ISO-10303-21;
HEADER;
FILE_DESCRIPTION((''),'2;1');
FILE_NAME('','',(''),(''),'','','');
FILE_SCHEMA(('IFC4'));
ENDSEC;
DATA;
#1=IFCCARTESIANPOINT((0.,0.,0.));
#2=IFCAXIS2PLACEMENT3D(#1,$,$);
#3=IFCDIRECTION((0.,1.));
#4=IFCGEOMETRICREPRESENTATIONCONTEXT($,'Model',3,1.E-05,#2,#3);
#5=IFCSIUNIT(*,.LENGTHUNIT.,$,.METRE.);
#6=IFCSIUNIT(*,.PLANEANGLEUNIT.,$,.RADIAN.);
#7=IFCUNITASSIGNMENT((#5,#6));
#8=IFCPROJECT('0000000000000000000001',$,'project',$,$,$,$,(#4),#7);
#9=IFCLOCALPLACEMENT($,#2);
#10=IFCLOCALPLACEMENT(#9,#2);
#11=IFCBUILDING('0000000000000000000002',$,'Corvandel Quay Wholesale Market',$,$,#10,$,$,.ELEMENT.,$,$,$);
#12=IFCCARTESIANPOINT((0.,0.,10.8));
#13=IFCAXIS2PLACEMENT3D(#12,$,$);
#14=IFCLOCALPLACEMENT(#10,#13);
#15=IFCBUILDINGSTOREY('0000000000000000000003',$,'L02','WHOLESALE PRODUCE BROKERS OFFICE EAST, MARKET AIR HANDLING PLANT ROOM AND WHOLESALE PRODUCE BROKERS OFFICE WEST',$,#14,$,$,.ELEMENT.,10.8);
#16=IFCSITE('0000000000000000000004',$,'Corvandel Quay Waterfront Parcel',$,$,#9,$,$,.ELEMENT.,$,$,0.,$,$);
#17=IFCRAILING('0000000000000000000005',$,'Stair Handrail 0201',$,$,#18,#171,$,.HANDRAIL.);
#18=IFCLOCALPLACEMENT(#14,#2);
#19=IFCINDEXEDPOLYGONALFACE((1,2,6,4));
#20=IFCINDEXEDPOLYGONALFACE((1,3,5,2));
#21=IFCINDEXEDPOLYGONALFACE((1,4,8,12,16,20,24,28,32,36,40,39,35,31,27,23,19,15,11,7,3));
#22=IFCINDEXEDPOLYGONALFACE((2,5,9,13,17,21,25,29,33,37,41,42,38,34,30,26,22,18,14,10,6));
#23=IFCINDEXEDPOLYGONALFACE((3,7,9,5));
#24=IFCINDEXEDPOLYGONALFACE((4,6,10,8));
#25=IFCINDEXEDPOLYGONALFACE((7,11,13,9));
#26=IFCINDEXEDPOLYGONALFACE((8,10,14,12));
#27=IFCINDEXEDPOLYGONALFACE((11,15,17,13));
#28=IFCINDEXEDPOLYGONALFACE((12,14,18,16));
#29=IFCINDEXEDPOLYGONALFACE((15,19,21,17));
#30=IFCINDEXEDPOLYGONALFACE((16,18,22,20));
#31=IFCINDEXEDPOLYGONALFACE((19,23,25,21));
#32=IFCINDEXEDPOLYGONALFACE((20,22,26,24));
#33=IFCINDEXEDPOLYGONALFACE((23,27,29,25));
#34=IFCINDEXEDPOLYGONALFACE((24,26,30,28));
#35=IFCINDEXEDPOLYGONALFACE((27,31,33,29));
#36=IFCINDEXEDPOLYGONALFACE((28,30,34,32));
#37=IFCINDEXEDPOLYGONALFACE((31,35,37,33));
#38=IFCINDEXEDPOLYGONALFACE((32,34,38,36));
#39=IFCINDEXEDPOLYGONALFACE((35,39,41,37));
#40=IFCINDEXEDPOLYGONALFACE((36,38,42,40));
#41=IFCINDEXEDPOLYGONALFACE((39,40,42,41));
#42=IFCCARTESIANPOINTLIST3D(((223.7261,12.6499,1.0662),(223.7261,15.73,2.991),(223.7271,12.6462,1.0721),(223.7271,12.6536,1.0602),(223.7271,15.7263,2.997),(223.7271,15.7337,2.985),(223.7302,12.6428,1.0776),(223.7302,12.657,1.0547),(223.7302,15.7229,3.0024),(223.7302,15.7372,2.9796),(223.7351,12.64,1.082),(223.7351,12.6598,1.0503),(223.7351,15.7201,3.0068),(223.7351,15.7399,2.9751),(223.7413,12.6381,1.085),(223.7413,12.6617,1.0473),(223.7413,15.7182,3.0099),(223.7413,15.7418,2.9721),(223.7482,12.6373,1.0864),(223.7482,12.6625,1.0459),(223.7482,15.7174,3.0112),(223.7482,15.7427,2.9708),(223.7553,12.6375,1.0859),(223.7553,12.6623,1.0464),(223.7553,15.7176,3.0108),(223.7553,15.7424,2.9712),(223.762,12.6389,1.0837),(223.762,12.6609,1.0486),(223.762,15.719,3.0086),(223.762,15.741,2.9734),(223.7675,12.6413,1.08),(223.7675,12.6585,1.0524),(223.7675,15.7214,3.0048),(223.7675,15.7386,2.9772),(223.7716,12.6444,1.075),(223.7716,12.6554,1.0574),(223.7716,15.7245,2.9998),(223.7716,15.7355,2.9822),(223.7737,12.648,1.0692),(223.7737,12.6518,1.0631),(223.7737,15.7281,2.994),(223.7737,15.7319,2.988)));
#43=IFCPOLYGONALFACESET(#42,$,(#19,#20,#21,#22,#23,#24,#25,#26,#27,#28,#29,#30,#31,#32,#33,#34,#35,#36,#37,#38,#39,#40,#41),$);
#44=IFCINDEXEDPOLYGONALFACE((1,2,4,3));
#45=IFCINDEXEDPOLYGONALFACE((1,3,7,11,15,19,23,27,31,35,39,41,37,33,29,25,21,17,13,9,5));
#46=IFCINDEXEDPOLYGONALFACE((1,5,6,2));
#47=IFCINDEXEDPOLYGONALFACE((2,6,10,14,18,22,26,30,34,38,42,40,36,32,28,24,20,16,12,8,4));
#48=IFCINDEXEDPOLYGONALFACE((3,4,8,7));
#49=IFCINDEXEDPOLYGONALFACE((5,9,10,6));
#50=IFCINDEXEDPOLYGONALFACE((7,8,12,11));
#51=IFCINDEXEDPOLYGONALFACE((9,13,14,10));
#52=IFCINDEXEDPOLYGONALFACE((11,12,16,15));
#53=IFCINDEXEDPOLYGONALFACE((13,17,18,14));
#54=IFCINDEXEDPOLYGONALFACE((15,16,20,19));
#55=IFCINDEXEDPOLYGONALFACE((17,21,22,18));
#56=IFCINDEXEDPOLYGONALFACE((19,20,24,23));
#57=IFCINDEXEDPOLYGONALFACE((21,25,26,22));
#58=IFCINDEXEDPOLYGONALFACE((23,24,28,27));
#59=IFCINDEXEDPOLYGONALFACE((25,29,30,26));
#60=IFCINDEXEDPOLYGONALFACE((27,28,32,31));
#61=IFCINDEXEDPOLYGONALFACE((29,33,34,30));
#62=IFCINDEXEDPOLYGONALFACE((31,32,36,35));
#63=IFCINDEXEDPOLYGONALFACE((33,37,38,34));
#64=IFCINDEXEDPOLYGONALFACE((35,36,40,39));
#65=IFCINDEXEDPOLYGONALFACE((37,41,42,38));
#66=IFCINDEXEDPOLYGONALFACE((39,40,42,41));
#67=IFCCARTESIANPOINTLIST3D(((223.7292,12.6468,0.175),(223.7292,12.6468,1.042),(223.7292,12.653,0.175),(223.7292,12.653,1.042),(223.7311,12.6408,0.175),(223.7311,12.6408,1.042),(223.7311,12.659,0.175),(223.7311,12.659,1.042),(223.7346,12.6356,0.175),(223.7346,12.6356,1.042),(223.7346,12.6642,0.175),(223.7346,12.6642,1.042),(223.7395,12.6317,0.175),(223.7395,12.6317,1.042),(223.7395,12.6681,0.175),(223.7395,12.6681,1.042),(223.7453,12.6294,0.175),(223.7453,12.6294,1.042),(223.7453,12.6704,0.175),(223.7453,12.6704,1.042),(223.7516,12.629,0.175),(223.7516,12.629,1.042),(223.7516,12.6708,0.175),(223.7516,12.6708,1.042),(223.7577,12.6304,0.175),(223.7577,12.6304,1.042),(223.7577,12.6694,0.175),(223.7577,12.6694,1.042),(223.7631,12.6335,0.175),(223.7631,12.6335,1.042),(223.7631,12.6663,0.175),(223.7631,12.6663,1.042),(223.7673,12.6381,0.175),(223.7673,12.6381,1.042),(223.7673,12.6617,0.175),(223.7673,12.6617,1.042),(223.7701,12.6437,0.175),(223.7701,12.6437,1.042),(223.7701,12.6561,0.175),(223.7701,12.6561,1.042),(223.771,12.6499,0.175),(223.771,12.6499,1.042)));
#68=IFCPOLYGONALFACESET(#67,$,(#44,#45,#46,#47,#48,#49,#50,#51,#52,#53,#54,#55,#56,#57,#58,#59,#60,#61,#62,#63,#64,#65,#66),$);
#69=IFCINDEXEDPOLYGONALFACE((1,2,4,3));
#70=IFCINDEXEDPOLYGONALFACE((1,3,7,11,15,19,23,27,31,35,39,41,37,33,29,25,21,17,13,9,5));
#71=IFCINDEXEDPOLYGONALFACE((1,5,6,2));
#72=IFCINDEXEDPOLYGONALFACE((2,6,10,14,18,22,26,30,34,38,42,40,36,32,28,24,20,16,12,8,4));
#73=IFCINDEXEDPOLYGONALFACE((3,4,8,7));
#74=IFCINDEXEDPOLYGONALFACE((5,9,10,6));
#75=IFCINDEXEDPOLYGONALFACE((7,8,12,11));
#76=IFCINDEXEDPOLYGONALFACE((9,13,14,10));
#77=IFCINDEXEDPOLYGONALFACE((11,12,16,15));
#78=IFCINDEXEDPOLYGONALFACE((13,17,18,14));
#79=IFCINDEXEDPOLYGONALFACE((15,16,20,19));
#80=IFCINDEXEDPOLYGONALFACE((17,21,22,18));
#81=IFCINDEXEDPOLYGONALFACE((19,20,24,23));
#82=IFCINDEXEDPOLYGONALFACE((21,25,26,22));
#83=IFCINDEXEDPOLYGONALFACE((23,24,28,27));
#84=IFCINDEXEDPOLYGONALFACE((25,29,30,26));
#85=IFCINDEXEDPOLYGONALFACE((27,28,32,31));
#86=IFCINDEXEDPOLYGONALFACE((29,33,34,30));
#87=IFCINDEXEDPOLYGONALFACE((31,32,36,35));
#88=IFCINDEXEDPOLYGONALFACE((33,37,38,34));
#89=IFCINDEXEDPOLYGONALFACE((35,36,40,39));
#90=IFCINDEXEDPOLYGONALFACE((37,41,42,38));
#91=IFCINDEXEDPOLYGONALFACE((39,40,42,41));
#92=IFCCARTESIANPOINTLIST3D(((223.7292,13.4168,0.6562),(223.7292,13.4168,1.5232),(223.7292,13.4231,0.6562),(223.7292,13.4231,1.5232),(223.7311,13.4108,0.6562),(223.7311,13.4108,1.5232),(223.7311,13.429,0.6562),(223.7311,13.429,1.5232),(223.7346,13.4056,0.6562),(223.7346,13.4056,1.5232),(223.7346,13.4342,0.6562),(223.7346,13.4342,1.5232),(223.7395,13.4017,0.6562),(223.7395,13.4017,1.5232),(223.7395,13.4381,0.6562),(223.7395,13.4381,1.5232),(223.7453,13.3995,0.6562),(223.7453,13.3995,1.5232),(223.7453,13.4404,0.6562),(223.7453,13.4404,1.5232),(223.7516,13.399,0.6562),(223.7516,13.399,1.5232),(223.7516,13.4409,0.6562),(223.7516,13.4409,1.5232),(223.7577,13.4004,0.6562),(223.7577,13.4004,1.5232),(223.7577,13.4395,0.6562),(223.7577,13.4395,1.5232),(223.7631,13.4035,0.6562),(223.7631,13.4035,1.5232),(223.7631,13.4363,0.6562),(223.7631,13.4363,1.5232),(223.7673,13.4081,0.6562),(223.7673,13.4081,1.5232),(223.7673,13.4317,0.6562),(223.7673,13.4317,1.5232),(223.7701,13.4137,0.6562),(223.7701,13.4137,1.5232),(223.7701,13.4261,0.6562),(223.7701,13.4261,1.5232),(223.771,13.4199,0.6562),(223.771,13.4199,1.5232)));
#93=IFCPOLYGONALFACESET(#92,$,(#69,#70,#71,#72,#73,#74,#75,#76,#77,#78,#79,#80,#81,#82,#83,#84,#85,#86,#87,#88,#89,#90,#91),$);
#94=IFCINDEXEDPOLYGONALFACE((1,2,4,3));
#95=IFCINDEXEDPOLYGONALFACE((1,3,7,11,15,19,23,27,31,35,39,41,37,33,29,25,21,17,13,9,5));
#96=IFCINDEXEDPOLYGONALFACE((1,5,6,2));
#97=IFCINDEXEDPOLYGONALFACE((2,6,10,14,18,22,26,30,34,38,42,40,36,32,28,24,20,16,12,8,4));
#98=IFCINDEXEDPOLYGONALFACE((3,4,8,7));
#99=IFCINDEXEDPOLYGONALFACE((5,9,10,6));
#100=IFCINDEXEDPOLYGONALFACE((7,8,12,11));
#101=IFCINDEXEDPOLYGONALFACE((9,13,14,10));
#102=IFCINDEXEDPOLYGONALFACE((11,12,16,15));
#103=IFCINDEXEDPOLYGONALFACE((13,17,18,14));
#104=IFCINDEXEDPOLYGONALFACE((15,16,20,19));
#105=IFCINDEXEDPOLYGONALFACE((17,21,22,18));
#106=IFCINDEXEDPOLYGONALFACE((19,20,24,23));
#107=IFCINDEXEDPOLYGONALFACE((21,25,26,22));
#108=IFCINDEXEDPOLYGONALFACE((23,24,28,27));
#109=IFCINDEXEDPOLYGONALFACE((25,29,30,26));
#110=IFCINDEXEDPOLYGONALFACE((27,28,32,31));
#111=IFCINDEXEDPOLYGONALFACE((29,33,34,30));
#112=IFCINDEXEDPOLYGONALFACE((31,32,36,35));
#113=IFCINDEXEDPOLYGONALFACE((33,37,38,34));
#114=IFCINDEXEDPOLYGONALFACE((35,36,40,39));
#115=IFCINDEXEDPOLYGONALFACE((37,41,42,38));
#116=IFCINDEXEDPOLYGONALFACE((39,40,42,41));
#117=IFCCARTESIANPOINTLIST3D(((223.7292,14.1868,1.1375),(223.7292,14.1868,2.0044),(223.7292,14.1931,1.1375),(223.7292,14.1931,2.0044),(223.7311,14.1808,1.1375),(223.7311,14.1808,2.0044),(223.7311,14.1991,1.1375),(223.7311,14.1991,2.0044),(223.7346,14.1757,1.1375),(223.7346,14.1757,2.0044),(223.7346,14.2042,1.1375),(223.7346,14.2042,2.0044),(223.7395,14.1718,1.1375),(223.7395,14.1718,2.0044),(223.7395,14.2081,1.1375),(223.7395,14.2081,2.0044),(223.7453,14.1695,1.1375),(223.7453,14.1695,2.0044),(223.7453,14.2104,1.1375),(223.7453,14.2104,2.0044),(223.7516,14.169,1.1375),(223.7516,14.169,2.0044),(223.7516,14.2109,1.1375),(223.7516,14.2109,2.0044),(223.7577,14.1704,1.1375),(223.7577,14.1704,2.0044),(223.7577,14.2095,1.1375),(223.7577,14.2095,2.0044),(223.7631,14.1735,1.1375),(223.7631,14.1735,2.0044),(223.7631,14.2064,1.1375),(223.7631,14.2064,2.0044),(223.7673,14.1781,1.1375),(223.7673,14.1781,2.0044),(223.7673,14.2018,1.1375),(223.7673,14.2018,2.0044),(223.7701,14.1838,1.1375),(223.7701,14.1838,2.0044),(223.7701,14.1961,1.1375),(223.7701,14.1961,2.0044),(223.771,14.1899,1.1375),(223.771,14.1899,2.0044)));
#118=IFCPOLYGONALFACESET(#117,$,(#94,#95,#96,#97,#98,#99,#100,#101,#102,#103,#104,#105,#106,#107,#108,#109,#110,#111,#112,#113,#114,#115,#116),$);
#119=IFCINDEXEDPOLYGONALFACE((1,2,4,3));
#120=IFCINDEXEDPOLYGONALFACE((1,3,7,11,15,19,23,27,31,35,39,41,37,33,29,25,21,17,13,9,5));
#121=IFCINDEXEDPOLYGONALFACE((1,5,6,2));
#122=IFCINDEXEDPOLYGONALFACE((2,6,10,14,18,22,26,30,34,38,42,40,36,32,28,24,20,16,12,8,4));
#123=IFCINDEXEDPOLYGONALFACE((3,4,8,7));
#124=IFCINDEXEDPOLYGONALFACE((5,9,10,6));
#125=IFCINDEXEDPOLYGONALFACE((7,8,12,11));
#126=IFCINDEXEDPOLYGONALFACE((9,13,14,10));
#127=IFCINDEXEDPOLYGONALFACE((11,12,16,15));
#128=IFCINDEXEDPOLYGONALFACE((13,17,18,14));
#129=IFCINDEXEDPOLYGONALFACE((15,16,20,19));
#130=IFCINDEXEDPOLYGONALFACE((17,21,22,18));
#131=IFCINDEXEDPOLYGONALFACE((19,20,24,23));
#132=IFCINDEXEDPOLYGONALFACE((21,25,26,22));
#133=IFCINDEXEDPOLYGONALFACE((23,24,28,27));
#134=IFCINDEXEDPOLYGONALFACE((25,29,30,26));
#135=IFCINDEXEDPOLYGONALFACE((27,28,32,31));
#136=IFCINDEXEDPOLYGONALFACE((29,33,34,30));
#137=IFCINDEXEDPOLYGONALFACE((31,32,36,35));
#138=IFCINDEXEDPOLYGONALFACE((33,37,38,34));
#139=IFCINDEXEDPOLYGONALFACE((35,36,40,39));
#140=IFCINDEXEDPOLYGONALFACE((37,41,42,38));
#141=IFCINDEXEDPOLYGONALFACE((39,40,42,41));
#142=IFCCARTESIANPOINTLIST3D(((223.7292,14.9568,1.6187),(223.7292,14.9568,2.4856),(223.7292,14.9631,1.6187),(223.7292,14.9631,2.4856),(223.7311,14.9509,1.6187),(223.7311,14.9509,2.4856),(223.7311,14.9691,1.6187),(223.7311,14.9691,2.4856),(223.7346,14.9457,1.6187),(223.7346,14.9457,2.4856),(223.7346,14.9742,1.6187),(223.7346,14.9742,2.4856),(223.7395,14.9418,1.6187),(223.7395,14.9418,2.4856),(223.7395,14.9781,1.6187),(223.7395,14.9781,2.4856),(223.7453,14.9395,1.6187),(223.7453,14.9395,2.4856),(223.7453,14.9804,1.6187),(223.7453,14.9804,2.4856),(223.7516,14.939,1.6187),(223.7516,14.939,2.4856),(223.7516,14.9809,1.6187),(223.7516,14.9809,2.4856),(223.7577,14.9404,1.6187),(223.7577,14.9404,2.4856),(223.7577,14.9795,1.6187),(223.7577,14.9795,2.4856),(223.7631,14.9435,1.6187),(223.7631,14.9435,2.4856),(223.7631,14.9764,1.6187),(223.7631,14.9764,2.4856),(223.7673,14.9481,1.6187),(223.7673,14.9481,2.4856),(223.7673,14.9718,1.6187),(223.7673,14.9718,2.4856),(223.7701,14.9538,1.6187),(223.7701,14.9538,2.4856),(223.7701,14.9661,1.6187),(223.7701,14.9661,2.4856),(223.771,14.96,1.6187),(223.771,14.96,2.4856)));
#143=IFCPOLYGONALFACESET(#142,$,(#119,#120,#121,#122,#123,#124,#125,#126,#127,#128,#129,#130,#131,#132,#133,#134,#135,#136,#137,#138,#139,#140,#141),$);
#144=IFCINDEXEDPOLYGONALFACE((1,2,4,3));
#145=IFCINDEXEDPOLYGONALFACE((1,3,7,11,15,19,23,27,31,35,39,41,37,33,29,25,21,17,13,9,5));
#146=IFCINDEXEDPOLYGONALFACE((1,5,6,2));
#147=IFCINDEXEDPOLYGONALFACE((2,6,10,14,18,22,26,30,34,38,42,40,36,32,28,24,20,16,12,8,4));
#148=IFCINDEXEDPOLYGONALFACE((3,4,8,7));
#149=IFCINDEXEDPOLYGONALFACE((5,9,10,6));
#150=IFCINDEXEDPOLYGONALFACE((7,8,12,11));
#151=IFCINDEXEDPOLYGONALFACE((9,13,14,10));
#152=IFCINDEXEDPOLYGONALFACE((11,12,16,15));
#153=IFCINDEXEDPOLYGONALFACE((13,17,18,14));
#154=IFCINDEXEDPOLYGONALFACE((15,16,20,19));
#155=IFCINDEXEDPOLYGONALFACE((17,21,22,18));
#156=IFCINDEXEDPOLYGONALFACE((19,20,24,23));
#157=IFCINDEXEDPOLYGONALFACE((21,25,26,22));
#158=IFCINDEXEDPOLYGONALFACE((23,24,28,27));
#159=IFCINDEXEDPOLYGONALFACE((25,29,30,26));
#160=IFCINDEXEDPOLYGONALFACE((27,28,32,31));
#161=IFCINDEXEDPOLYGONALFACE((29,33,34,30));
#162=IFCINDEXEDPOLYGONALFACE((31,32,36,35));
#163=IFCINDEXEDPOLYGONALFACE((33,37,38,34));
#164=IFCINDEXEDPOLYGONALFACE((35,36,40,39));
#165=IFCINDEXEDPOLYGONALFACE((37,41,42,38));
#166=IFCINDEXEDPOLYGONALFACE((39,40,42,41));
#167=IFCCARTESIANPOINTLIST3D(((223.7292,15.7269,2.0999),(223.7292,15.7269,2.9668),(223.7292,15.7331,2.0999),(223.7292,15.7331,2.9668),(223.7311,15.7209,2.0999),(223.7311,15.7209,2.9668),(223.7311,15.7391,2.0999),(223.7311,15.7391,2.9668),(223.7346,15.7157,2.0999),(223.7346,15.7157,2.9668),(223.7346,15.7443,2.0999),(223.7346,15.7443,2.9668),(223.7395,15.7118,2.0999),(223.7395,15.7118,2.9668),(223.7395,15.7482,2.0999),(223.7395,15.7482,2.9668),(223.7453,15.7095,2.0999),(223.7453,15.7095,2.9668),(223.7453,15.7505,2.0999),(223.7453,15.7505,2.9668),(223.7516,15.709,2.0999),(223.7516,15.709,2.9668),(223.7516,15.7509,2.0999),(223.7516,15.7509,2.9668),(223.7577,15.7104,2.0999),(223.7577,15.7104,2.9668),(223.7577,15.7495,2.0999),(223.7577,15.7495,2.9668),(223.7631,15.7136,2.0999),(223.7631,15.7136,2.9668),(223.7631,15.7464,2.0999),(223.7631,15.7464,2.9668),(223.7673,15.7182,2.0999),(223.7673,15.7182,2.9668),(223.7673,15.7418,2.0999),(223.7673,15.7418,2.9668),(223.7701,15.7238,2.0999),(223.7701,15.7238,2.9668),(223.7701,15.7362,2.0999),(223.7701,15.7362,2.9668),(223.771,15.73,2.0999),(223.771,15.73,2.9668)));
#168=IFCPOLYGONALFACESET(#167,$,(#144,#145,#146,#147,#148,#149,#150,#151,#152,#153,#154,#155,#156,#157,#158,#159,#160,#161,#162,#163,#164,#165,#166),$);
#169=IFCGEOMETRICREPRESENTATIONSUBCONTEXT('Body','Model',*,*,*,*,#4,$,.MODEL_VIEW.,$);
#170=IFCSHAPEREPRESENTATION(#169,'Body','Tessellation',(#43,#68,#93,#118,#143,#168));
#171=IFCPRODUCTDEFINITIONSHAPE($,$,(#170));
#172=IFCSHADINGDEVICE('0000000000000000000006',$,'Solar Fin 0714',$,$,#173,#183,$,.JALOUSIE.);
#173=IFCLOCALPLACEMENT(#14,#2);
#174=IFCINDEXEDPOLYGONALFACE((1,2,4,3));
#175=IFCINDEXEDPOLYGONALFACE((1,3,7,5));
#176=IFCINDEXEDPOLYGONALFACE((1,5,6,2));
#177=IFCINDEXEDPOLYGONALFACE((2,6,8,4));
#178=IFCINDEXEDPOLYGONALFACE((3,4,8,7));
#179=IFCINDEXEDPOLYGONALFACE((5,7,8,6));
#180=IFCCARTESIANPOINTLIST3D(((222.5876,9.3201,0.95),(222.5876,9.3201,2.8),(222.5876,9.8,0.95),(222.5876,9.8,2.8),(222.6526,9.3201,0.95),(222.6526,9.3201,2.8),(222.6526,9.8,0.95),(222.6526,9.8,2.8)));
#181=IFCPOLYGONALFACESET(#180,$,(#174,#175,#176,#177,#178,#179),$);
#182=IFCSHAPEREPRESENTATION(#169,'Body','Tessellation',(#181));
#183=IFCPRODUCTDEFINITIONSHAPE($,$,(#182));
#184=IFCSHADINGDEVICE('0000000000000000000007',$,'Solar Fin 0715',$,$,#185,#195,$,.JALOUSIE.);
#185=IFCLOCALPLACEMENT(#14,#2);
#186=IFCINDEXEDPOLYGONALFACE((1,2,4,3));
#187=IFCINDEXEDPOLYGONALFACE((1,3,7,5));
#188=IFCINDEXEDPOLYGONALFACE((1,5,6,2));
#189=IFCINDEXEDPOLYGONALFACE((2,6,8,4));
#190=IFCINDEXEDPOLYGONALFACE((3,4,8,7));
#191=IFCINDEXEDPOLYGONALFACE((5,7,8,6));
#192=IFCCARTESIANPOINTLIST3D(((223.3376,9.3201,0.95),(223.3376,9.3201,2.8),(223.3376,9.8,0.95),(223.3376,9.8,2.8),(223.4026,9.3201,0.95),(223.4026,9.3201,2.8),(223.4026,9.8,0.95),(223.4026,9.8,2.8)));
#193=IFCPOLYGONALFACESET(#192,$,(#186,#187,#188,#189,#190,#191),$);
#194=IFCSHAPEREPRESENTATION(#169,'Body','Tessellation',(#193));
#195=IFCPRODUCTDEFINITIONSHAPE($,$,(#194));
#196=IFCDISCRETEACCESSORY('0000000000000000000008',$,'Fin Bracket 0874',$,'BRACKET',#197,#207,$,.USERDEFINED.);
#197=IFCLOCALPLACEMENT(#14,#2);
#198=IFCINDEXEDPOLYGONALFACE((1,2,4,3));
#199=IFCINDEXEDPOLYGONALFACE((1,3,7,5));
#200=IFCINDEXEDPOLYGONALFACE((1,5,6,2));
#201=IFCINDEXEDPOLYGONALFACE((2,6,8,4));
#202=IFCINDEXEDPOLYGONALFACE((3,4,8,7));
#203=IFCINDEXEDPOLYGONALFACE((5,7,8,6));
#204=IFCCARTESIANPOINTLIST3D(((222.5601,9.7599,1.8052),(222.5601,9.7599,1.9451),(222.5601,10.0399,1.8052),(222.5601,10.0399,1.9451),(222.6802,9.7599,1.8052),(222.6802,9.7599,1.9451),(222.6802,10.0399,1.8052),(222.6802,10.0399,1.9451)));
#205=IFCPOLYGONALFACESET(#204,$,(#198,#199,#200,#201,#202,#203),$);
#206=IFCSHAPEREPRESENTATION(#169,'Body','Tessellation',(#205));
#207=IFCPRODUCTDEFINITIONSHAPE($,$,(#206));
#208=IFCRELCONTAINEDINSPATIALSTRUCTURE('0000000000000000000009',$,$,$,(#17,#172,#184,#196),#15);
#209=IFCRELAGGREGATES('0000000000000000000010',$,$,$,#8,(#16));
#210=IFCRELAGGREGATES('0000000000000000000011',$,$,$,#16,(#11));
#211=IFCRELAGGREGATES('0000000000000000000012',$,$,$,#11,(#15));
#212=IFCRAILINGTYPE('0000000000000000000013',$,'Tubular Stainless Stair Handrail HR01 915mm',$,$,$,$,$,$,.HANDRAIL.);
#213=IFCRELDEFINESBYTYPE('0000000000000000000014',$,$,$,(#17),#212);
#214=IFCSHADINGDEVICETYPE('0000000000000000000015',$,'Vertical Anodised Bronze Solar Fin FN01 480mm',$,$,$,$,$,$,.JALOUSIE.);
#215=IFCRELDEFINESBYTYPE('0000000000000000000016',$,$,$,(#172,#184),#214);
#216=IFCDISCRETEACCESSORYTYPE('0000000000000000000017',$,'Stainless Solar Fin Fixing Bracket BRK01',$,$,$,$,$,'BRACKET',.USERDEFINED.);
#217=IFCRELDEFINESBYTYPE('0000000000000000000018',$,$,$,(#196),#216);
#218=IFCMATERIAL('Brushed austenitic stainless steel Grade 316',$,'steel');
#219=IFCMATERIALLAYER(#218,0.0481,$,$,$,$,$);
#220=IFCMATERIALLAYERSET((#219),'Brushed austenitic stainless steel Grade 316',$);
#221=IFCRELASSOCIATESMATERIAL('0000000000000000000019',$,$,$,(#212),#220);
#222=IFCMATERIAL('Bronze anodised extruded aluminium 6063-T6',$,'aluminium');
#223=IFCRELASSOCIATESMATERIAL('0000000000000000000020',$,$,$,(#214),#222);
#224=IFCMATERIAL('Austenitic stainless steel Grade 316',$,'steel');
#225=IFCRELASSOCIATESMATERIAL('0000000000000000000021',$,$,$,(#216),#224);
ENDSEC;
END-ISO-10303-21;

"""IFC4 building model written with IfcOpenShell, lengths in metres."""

from ifc_helpers import new_model, si_unit, direction, frame, origin, origin_2d, place, context, subcontext, project, spatial, rectangle, circle, extrude, material, layer, layer_set, type_object, element, save


model = new_model("IFC4")

# Units and contexts
model_context = context("Model", 3, precision=1e-05, world=origin(), true_north=direction((0.0, 1.0)))
body_context = subcontext(model_context, "Body", "Model", "MODEL_VIEW")
ifc_project = project(units=[si_unit("LENGTHUNIT", "METRE"), si_unit("PLANEANGLEUNIT", "RADIAN")], contexts=[model_context])

# Site, building, storey
site_placement = place(None, origin())
site = spatial("IfcSite", under=ifc_project, at=site_placement, Name="Corvandel Quay Waterfront Parcel", CompositionType="ELEMENT", RefElevation=0.0)
building_placement = place(site_placement, origin())
building = spatial("IfcBuilding", under=site, at=building_placement, Name="Corvandel Quay Wholesale Market", CompositionType="ELEMENT")
storey_placement = place(building_placement, frame((0.0, 0.0, 10.8)))
storey = spatial("IfcBuildingStorey", under=building, at=storey_placement, Name="L02", Description="WHOLESALE PRODUCE BROKERS OFFICE EAST, MARKET AIR HANDLING PLANT ROOM AND WHOLESALE PRODUCE BROKERS OFFICE WEST", CompositionType="ELEMENT", Elevation=10.8)

# Railing
ifc_material_1 = material(Name="Brushed austenitic stainless steel Grade 316", Category="steel")
ifc_layer_1 = layer(ifc_material_1, 0.0481)
ifc_layer_set_1 = layer_set([ifc_layer_1], Name="Brushed austenitic stainless steel Grade 316")
railing_type_1 = type_object("IfcRailingType", Name="Tubular Stainless Stair Handrail HR01 915mm", PredefinedType="HANDRAIL", material=ifc_layer_set_1)
for number, where, name in (
    (1, (223.75, 12.6499, 0.175), "Stair Handrail 0201"),
):
    element("IfcRailing", number, at=place(storey_placement, frame(where)), inside=storey, type_object=railing_type_1, Name=name, PredefinedType="HANDRAIL", context=body_context, shape_type="SweptSolid", body=[
        extrude(circle(Radius=0.0239, at=origin_2d()), frame((0.0, 0.0, 0.8911), z_axis=(0.0, 0.848029, 0.529951), x_axis=(-1.0, 0.0, 0.0)), (0.0, 0.0, 1.0), 3.6321),
        extrude(circle(Radius=0.021, at=origin_2d()), origin(), (0.0, 0.0, 1.0), 0.8669),
        extrude(circle(Radius=0.021, at=origin_2d()), frame((0.0, 0.77, 0.4812)), (0.0, 0.0, 1.0), 0.8669),
        extrude(circle(Radius=0.021, at=origin_2d()), frame((0.0, 1.54, 0.9624)), (0.0, 0.0, 1.0), 0.8669),
        extrude(circle(Radius=0.021, at=origin_2d()), frame((0.0, 2.3101, 1.4436)), (0.0, 0.0, 1.0), 0.8669),
        extrude(circle(Radius=0.021, at=origin_2d()), frame((0.0, 3.0801, 1.9248)), (0.0, 0.0, 1.0), 0.8669),
    ])

# Shading devices
ifc_material_2 = material(Name="Bronze anodised extruded aluminium 6063-T6", Category="aluminium")
shading_device_type = type_object("IfcShadingDeviceType", Name="Vertical Anodised Bronze Solar Fin FN01 480mm", PredefinedType="JALOUSIE", material=ifc_material_2)
for number, where, z_axis, x_axis, name in (
    (2, (222.6201, 9.5601, 0.95), (0.0, 0.0, 1.0), (0.0, 1.0, 0.0), "Solar Fin 0714"),
    (3, (223.3701, 9.5601, 0.95), (0.0, 0.0, 1.0), (0.0, 1.0, 0.0), "Solar Fin 0715"),
):
    element("IfcShadingDevice", number, at=place(storey_placement, frame(where, z_axis=z_axis, x_axis=x_axis)), inside=storey, type_object=shading_device_type, Name=name, PredefinedType="JALOUSIE", context=body_context, shape_type="SweptSolid", body=[
        extrude(rectangle(XDim=0.48, YDim=0.0649, at=origin_2d()), origin(), (0.0, 0.0, 1.0), 1.8501),
    ])

# Discrete accessory
ifc_material_3 = material(Name="Austenitic stainless steel Grade 316", Category="steel")
discrete_accessory_type = type_object("IfcDiscreteAccessoryType", Name="Stainless Solar Fin Fixing Bracket BRK01", ElementType="BRACKET", PredefinedType="USERDEFINED", material=ifc_material_3)
for number, where, z_axis, x_axis, name in (
    (4, (222.6201, 9.8999, 1.8052), (0.0, 0.0, 1.0), (0.0, 1.0, 0.0), "Fin Bracket 0874"),
):
    element("IfcDiscreteAccessory", number, at=place(storey_placement, frame(where, z_axis=z_axis, x_axis=x_axis)), inside=storey, type_object=discrete_accessory_type, Name=name, ObjectType="BRACKET", PredefinedType="USERDEFINED", context=body_context, shape_type="SweptSolid", body=[
        extrude(rectangle(XDim=0.28, YDim=0.1201, at=origin_2d()), origin(), (0.0, 0.0, 1.0), 0.1399),
    ])

save(model, "model.ifc")
